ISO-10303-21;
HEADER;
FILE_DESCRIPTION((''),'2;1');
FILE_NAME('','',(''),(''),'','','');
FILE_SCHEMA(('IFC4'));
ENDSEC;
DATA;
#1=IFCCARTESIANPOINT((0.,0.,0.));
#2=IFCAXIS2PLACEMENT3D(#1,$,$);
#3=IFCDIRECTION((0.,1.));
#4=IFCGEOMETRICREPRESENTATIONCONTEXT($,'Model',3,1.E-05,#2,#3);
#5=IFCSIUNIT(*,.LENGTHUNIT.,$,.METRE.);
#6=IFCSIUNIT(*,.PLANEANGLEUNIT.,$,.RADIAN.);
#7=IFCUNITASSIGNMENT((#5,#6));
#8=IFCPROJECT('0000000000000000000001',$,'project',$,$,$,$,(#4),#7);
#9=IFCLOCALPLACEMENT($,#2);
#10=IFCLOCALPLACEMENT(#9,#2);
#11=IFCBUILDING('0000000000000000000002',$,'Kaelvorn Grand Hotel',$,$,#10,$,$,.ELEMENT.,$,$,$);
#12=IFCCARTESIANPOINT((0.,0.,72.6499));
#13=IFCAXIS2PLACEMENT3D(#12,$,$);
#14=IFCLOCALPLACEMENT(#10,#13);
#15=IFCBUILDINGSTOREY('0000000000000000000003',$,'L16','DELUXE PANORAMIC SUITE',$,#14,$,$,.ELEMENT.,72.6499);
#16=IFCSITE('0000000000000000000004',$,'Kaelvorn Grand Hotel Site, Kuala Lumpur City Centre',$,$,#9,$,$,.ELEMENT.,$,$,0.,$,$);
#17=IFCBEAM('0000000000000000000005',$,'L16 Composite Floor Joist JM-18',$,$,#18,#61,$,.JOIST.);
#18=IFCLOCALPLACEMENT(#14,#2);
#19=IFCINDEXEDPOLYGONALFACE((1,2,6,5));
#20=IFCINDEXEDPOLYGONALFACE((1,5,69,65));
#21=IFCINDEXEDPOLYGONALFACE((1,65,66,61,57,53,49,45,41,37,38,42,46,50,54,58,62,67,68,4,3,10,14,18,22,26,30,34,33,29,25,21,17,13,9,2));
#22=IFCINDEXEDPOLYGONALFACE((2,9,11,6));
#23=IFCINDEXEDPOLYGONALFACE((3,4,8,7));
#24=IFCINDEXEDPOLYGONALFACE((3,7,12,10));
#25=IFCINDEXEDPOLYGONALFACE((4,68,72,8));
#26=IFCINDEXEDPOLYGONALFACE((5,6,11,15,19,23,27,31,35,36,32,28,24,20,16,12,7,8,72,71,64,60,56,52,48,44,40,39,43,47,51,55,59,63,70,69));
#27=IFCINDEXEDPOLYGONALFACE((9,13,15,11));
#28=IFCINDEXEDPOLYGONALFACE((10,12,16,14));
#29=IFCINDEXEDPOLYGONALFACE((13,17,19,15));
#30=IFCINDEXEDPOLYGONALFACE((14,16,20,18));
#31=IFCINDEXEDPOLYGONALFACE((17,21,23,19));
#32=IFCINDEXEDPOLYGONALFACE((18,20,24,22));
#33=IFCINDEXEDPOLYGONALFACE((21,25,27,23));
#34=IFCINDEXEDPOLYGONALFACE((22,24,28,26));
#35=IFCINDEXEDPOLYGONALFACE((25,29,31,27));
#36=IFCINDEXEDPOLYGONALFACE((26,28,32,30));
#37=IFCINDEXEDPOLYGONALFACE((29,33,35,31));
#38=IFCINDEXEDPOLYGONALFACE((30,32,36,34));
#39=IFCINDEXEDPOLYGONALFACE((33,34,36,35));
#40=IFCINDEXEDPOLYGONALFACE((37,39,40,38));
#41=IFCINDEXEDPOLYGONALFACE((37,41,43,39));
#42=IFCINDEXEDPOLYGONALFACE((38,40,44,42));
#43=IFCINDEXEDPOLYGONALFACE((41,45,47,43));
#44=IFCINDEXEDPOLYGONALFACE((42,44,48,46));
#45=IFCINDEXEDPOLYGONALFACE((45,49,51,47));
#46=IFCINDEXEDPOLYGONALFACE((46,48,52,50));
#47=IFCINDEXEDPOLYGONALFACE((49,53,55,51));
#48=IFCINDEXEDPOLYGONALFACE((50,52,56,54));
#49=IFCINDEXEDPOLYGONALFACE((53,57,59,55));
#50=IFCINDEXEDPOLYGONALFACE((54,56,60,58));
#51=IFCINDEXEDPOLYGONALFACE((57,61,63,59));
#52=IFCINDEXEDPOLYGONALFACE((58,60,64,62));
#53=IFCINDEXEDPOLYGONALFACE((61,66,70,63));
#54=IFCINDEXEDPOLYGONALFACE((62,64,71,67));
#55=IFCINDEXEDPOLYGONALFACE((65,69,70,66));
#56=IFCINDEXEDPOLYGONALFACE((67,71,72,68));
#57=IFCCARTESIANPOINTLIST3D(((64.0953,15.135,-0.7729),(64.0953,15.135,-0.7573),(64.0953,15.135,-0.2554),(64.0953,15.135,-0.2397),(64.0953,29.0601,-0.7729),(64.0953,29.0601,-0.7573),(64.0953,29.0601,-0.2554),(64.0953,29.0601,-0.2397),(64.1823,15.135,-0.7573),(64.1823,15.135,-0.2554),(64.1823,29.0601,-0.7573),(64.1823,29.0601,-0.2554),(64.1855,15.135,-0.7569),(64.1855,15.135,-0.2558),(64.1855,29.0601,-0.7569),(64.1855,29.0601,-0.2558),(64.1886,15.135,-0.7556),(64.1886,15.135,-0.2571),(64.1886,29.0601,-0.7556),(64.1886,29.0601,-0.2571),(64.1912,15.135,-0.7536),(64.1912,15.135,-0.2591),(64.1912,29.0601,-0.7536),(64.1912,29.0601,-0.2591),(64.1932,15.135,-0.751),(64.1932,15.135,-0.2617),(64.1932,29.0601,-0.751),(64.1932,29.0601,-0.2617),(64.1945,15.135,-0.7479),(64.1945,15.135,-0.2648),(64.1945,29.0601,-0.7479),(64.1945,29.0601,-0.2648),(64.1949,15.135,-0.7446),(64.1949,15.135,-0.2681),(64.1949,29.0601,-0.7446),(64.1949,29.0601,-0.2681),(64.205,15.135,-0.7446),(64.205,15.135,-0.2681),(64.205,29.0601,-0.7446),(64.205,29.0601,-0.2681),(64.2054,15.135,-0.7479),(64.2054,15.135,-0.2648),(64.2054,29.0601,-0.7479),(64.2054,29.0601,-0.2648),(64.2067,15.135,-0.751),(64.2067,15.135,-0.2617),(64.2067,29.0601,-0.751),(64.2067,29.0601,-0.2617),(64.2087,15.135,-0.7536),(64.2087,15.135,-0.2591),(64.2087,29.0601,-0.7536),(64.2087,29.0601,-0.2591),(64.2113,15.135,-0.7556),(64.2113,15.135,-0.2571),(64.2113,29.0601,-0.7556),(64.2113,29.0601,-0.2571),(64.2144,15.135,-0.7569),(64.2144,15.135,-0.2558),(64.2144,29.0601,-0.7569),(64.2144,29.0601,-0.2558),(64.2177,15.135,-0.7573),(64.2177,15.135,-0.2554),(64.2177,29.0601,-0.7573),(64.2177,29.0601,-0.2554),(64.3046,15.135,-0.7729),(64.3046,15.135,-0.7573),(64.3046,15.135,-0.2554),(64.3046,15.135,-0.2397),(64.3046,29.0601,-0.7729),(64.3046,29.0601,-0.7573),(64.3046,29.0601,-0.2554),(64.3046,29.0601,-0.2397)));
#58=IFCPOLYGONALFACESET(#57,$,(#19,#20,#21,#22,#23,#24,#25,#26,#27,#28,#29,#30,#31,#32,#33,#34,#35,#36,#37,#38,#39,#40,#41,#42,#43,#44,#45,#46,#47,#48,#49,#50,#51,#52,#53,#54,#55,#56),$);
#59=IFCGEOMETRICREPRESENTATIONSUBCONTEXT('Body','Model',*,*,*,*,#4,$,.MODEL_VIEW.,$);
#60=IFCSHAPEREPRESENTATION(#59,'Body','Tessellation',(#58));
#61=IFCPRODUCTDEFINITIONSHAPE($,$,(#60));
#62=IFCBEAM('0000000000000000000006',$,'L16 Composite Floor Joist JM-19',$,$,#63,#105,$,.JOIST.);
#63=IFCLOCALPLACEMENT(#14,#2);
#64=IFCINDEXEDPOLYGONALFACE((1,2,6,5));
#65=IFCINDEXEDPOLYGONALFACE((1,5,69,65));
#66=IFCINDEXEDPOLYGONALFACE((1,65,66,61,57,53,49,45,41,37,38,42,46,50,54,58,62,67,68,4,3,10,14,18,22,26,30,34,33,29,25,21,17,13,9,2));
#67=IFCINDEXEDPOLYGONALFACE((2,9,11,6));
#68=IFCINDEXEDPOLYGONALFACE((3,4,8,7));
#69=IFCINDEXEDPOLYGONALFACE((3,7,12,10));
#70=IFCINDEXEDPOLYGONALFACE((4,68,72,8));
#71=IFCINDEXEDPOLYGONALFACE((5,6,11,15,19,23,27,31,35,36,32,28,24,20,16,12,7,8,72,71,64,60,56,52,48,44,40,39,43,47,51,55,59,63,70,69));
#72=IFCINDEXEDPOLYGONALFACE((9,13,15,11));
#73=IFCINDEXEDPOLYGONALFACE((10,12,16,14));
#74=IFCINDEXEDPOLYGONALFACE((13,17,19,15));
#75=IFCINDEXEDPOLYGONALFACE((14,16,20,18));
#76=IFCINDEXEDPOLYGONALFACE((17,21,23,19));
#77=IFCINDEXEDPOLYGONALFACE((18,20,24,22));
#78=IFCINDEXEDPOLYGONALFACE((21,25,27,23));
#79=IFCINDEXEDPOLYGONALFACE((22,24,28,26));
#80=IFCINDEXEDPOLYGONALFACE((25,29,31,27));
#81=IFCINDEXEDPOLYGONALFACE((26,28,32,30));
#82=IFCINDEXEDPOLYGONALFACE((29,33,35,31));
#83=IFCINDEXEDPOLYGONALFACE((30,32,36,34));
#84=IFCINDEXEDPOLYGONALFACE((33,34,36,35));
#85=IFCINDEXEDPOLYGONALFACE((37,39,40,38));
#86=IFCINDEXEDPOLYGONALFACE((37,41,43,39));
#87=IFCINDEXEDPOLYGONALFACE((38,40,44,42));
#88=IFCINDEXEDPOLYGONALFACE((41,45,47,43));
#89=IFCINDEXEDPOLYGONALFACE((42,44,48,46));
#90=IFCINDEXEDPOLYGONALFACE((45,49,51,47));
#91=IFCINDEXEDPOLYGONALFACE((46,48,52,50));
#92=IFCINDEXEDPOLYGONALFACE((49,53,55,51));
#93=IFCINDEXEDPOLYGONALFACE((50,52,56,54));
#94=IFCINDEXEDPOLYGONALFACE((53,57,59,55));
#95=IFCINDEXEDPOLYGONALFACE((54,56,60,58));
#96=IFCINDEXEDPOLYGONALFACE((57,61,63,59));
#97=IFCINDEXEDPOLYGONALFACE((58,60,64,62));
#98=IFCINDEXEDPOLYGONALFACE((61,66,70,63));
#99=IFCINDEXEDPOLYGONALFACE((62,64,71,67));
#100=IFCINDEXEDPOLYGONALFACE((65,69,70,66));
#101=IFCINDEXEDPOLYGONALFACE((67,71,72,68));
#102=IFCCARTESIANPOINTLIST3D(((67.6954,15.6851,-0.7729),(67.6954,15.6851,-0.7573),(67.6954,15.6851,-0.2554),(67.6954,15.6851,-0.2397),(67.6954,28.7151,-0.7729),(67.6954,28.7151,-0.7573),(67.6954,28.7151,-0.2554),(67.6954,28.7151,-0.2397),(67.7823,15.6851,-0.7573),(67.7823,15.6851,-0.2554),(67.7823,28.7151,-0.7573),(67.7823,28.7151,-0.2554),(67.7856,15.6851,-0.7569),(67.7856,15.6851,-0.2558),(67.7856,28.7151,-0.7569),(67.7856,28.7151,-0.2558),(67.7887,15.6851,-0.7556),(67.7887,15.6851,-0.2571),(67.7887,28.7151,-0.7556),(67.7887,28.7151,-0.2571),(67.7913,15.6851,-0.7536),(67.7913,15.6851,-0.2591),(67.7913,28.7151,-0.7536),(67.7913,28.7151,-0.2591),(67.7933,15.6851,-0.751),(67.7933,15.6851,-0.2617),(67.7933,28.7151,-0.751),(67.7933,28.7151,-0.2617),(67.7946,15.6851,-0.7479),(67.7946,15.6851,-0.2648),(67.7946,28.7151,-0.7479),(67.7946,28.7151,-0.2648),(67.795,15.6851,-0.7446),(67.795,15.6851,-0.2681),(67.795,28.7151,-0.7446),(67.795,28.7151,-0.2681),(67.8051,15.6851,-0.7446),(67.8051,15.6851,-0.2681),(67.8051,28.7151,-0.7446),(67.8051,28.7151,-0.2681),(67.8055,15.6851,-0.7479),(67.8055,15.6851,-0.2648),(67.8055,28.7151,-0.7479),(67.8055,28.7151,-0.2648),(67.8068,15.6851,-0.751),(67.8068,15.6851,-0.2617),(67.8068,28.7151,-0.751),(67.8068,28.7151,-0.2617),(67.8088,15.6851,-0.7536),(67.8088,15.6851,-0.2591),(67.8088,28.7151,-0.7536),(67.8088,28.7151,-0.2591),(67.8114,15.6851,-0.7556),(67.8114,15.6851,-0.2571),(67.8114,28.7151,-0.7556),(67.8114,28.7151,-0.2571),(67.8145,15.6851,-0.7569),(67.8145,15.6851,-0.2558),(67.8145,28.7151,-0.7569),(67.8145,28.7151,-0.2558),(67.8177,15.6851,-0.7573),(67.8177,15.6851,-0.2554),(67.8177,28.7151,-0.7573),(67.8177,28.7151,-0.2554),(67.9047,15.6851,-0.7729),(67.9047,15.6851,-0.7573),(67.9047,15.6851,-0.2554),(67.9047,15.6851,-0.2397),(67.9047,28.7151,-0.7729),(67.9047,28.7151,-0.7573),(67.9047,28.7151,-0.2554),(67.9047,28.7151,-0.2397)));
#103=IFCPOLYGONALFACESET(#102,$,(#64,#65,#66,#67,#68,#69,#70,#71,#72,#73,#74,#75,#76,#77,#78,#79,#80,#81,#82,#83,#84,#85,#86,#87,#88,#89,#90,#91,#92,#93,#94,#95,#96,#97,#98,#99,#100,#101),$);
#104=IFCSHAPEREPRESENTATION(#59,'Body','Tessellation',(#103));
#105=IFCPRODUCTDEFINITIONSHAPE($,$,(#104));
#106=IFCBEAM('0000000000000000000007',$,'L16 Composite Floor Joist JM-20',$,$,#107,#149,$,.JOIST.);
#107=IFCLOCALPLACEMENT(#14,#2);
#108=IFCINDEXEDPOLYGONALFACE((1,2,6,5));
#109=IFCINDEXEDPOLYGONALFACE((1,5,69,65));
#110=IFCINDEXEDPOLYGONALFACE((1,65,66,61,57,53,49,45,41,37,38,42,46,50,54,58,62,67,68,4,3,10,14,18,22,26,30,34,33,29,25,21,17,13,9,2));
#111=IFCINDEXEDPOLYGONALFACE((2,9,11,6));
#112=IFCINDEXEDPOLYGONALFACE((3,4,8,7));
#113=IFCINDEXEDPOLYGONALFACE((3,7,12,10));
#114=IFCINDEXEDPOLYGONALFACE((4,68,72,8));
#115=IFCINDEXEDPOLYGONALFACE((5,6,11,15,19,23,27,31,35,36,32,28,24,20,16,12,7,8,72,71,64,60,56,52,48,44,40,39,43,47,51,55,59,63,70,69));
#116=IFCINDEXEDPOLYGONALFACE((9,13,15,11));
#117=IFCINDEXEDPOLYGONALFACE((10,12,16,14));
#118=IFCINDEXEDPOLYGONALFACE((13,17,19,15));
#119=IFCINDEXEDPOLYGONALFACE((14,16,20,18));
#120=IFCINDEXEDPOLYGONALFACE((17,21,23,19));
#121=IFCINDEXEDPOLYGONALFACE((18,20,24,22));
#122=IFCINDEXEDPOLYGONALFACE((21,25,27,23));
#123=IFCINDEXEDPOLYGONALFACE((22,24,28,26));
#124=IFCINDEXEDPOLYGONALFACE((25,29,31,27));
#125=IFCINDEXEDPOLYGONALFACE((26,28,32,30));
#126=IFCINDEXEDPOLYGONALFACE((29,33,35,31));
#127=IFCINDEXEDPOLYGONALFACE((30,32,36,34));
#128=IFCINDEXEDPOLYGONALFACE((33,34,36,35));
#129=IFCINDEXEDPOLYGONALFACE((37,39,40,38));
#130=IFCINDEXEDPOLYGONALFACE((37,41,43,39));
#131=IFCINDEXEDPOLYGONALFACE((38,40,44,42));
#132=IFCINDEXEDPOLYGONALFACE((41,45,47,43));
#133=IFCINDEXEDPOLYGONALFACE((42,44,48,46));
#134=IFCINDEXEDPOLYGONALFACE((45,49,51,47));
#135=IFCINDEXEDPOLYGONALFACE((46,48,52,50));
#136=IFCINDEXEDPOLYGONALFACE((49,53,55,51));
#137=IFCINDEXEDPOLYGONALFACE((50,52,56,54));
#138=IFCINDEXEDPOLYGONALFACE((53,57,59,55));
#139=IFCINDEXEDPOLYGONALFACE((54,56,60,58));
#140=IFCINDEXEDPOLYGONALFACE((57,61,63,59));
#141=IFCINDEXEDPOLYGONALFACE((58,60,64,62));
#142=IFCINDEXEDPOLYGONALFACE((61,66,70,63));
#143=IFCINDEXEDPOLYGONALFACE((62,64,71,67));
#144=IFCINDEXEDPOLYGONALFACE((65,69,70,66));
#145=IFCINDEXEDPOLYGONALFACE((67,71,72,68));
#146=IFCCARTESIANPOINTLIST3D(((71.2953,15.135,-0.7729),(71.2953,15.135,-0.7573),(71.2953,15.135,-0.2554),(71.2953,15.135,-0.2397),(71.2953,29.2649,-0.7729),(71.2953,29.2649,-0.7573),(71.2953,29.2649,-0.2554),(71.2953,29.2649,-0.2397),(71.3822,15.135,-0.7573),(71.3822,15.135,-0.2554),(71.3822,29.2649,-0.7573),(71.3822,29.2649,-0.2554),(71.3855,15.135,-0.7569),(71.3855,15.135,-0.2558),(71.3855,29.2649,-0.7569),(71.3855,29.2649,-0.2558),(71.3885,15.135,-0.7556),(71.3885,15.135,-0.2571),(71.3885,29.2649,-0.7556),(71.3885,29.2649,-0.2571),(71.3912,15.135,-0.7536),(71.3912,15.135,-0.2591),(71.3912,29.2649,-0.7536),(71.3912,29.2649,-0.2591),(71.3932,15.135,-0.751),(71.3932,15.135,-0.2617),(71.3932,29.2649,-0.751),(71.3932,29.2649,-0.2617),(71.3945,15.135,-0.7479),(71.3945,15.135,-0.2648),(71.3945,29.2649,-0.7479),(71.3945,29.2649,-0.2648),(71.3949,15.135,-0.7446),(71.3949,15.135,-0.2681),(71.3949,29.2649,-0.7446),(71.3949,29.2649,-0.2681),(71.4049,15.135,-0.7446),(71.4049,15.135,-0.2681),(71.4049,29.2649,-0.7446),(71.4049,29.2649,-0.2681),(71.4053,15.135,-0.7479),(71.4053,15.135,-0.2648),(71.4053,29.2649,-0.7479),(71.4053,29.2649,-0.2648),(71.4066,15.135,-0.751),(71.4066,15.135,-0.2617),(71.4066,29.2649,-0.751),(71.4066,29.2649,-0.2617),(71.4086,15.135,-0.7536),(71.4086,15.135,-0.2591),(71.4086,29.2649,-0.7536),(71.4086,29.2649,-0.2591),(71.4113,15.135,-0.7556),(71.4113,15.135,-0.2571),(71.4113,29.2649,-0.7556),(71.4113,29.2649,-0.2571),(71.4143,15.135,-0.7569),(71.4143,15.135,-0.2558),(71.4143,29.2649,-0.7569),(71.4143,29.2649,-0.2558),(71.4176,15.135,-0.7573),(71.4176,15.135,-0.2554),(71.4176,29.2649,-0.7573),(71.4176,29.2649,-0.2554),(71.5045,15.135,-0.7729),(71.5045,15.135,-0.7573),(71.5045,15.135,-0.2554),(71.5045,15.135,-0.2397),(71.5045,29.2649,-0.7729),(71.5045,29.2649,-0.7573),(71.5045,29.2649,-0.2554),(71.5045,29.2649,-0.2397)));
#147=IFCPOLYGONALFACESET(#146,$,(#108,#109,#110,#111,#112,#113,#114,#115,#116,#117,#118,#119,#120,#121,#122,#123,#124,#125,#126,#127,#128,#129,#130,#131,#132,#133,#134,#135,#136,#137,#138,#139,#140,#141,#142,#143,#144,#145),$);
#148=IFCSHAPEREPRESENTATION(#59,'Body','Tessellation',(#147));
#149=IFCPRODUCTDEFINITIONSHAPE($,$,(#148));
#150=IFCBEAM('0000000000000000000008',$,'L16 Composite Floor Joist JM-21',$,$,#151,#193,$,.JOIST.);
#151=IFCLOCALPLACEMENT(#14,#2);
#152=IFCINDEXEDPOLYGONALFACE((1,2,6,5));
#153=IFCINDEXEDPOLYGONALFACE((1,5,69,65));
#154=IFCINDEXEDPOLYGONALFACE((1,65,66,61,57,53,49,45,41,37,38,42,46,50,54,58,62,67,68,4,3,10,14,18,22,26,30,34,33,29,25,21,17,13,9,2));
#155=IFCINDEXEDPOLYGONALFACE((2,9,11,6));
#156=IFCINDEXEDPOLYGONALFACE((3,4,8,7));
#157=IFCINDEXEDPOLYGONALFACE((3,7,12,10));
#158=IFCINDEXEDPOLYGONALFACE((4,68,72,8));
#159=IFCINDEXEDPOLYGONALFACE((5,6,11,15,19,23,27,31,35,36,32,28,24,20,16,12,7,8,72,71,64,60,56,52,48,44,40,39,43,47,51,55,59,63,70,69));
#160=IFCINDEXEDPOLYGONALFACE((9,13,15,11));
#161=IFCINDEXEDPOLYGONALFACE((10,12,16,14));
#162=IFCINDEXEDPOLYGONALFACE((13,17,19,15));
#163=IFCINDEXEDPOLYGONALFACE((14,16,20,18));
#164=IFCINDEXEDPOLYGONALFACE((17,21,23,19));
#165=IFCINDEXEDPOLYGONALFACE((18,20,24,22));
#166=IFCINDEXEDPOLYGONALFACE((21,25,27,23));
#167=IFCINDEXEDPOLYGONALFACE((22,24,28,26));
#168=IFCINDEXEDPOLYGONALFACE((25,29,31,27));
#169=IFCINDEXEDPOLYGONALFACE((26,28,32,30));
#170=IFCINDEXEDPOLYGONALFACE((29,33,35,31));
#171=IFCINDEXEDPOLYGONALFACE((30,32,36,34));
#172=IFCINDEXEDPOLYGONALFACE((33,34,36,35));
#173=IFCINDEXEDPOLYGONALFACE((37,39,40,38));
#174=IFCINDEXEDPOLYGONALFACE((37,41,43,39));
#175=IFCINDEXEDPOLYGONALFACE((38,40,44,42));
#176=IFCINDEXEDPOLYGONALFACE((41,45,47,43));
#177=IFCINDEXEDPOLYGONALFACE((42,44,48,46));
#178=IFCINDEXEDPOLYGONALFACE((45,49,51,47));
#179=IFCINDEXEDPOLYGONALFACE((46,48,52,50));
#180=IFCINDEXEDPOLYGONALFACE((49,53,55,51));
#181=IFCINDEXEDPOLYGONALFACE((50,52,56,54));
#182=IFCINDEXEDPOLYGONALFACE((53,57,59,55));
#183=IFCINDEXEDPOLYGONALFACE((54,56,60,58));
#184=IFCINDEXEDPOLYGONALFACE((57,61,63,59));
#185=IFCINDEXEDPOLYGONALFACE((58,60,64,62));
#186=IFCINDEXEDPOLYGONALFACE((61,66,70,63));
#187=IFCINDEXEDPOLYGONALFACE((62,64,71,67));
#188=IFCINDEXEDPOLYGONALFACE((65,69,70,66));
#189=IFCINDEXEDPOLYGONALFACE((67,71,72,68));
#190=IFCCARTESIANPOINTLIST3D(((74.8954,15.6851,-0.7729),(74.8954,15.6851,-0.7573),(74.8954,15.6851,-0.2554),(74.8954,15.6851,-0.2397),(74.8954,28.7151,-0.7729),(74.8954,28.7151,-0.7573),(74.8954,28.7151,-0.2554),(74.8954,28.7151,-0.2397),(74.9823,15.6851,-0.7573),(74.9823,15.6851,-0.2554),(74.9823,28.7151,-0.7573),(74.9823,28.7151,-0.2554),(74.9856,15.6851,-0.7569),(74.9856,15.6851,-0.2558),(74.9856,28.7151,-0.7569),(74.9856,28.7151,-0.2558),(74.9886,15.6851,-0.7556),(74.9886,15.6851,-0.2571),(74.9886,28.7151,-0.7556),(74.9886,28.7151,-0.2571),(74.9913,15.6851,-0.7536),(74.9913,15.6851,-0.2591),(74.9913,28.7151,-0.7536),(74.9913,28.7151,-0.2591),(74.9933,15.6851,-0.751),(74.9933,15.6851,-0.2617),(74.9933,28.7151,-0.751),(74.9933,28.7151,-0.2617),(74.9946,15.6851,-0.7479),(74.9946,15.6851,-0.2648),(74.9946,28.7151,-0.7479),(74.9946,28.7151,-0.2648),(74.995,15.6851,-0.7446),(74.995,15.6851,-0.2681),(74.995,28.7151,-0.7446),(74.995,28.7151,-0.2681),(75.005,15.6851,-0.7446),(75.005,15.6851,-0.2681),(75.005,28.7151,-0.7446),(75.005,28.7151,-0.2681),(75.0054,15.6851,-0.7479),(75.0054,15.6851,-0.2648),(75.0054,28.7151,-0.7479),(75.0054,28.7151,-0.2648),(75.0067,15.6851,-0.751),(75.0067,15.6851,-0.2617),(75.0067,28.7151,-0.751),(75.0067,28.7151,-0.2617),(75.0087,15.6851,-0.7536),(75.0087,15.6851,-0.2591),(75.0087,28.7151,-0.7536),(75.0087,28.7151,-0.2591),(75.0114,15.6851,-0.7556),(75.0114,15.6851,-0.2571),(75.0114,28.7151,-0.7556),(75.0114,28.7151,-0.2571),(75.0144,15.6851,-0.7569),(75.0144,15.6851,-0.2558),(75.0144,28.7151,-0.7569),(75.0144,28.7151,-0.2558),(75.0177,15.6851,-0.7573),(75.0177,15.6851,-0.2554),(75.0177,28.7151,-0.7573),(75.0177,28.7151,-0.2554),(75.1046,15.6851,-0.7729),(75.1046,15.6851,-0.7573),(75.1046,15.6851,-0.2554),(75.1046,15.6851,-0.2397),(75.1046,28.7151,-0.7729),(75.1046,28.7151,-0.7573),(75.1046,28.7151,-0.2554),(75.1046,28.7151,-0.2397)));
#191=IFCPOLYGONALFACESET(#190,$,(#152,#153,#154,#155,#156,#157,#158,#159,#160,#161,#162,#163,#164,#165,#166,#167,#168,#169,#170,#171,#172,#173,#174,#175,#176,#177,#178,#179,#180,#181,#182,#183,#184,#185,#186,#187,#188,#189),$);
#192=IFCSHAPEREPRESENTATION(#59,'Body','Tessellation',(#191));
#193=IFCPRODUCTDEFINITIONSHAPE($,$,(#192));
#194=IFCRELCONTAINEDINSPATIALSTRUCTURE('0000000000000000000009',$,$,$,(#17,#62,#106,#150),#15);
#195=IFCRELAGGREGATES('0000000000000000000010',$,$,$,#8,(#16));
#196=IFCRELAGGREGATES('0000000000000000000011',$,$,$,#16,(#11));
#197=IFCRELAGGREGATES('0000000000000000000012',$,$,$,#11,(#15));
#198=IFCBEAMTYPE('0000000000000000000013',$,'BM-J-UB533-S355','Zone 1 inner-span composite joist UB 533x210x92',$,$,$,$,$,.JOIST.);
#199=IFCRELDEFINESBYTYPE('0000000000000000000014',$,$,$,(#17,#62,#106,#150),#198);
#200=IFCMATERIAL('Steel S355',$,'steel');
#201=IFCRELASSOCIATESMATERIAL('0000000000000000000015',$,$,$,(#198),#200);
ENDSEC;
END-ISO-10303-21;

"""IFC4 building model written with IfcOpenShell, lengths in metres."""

from ifc_helpers import new_model, si_unit, direction, frame, origin, origin_2d, place, context, subcontext, project, spatial, i_section, extrude, material, material_profile, profile_set, type_object, element, save


model = new_model("IFC4")

# Units and contexts
model_context = context("Model", 3, precision=1e-05, world=origin(), true_north=direction((0.0, 1.0)))
body_context = subcontext(model_context, "Body", "Model", "MODEL_VIEW")
ifc_project = project(units=[si_unit("LENGTHUNIT", "METRE"), si_unit("PLANEANGLEUNIT", "RADIAN")], contexts=[model_context])

# Site, building, storey
site_placement = place(None, origin())
site = spatial("IfcSite", under=ifc_project, at=site_placement, Name="Kaelvorn Grand Hotel Site, Kuala Lumpur City Centre", CompositionType="ELEMENT", RefElevation=0.0)
building_placement = place(site_placement, origin())
building = spatial("IfcBuilding", under=site, at=building_placement, Name="Kaelvorn Grand Hotel", CompositionType="ELEMENT")
storey_placement = place(building_placement, frame((0.0, 0.0, 72.6499)))
storey = spatial("IfcBuildingStorey", under=building, at=storey_placement, Name="L16", Description="DELUXE PANORAMIC SUITE", CompositionType="ELEMENT", Elevation=72.6499)

# Beams
ifc_material_1 = material(Name="Steel S355", Category="steel")
ifc_material_profile_1 = material_profile(ifc_material_1, i_section(OverallWidth=0.2092, OverallDepth=0.5332, WebThickness=0.01, FlangeThickness=0.0156, FilletRadius=0.0127, at=origin_2d()), Name="UB 533x210x92")
ifc_profile_set_1 = profile_set([ifc_material_profile_1], Name="Steel S355")
beam_type_1 = type_object("IfcBeamType", Name="BM-J-UB533-S355", Description="Zone 1 inner-span composite joist UB 533x210x92", PredefinedType="JOIST", material=ifc_profile_set_1)
beam_1_placement = place(storey_placement, frame((64.2, 15.135, -0.5063), z_axis=(0.0, 1.0, 0.0), x_axis=(-1.0, 0.0, 0.0)))
element("IfcBeam", 1, at=beam_1_placement, inside=storey, type_object=beam_type_1, Name="L16 Composite Floor Joist JM-18", PredefinedType="JOIST", context=body_context, shape_type="SweptSolid", body=[
    extrude(i_section(OverallWidth=0.2092, OverallDepth=0.5332, WebThickness=0.01, FlangeThickness=0.0156, FilletRadius=0.0127, at=origin_2d()), origin(), (0.0, 0.0, 1.0), 13.925),
])
beam_2_placement = place(storey_placement, frame((67.8, 15.6851, -0.5063), z_axis=(0.0, 1.0, 0.0), x_axis=(-1.0, 0.0, 0.0)))
element("IfcBeam", 2, at=beam_2_placement, inside=storey, type_object=beam_type_1, Name="L16 Composite Floor Joist JM-19", PredefinedType="JOIST", context=body_context, shape_type="SweptSolid", body=[
    extrude(i_section(OverallWidth=0.2092, OverallDepth=0.5332, WebThickness=0.01, FlangeThickness=0.0156, FilletRadius=0.0127, at=origin_2d()), origin(), (0.0, 0.0, 1.0), 13.03),
])
beam_3_placement = place(storey_placement, frame((71.3999, 15.135, -0.5063), z_axis=(0.0, 1.0, 0.0), x_axis=(-1.0, 0.0, 0.0)))
element("IfcBeam", 3, at=beam_3_placement, inside=storey, type_object=beam_type_1, Name="L16 Composite Floor Joist JM-20", PredefinedType="JOIST", context=body_context, shape_type="SweptSolid", body=[
    extrude(i_section(OverallWidth=0.2092, OverallDepth=0.5332, WebThickness=0.01, FlangeThickness=0.0156, FilletRadius=0.0127, at=origin_2d()), origin(), (0.0, 0.0, 1.0), 14.1299),
])
beam_4_placement = place(storey_placement, frame((75.0, 15.6851, -0.5063), z_axis=(0.0, 1.0, 0.0), x_axis=(-1.0, 0.0, 0.0)))
element("IfcBeam", 4, at=beam_4_placement, inside=storey, type_object=beam_type_1, Name="L16 Composite Floor Joist JM-21", PredefinedType="JOIST", context=body_context, shape_type="SweptSolid", body=[
    extrude(i_section(OverallWidth=0.2092, OverallDepth=0.5332, WebThickness=0.01, FlangeThickness=0.0156, FilletRadius=0.0127, at=origin_2d()), origin(), (0.0, 0.0, 1.0), 13.03),
])

save(model, "model.ifc")
